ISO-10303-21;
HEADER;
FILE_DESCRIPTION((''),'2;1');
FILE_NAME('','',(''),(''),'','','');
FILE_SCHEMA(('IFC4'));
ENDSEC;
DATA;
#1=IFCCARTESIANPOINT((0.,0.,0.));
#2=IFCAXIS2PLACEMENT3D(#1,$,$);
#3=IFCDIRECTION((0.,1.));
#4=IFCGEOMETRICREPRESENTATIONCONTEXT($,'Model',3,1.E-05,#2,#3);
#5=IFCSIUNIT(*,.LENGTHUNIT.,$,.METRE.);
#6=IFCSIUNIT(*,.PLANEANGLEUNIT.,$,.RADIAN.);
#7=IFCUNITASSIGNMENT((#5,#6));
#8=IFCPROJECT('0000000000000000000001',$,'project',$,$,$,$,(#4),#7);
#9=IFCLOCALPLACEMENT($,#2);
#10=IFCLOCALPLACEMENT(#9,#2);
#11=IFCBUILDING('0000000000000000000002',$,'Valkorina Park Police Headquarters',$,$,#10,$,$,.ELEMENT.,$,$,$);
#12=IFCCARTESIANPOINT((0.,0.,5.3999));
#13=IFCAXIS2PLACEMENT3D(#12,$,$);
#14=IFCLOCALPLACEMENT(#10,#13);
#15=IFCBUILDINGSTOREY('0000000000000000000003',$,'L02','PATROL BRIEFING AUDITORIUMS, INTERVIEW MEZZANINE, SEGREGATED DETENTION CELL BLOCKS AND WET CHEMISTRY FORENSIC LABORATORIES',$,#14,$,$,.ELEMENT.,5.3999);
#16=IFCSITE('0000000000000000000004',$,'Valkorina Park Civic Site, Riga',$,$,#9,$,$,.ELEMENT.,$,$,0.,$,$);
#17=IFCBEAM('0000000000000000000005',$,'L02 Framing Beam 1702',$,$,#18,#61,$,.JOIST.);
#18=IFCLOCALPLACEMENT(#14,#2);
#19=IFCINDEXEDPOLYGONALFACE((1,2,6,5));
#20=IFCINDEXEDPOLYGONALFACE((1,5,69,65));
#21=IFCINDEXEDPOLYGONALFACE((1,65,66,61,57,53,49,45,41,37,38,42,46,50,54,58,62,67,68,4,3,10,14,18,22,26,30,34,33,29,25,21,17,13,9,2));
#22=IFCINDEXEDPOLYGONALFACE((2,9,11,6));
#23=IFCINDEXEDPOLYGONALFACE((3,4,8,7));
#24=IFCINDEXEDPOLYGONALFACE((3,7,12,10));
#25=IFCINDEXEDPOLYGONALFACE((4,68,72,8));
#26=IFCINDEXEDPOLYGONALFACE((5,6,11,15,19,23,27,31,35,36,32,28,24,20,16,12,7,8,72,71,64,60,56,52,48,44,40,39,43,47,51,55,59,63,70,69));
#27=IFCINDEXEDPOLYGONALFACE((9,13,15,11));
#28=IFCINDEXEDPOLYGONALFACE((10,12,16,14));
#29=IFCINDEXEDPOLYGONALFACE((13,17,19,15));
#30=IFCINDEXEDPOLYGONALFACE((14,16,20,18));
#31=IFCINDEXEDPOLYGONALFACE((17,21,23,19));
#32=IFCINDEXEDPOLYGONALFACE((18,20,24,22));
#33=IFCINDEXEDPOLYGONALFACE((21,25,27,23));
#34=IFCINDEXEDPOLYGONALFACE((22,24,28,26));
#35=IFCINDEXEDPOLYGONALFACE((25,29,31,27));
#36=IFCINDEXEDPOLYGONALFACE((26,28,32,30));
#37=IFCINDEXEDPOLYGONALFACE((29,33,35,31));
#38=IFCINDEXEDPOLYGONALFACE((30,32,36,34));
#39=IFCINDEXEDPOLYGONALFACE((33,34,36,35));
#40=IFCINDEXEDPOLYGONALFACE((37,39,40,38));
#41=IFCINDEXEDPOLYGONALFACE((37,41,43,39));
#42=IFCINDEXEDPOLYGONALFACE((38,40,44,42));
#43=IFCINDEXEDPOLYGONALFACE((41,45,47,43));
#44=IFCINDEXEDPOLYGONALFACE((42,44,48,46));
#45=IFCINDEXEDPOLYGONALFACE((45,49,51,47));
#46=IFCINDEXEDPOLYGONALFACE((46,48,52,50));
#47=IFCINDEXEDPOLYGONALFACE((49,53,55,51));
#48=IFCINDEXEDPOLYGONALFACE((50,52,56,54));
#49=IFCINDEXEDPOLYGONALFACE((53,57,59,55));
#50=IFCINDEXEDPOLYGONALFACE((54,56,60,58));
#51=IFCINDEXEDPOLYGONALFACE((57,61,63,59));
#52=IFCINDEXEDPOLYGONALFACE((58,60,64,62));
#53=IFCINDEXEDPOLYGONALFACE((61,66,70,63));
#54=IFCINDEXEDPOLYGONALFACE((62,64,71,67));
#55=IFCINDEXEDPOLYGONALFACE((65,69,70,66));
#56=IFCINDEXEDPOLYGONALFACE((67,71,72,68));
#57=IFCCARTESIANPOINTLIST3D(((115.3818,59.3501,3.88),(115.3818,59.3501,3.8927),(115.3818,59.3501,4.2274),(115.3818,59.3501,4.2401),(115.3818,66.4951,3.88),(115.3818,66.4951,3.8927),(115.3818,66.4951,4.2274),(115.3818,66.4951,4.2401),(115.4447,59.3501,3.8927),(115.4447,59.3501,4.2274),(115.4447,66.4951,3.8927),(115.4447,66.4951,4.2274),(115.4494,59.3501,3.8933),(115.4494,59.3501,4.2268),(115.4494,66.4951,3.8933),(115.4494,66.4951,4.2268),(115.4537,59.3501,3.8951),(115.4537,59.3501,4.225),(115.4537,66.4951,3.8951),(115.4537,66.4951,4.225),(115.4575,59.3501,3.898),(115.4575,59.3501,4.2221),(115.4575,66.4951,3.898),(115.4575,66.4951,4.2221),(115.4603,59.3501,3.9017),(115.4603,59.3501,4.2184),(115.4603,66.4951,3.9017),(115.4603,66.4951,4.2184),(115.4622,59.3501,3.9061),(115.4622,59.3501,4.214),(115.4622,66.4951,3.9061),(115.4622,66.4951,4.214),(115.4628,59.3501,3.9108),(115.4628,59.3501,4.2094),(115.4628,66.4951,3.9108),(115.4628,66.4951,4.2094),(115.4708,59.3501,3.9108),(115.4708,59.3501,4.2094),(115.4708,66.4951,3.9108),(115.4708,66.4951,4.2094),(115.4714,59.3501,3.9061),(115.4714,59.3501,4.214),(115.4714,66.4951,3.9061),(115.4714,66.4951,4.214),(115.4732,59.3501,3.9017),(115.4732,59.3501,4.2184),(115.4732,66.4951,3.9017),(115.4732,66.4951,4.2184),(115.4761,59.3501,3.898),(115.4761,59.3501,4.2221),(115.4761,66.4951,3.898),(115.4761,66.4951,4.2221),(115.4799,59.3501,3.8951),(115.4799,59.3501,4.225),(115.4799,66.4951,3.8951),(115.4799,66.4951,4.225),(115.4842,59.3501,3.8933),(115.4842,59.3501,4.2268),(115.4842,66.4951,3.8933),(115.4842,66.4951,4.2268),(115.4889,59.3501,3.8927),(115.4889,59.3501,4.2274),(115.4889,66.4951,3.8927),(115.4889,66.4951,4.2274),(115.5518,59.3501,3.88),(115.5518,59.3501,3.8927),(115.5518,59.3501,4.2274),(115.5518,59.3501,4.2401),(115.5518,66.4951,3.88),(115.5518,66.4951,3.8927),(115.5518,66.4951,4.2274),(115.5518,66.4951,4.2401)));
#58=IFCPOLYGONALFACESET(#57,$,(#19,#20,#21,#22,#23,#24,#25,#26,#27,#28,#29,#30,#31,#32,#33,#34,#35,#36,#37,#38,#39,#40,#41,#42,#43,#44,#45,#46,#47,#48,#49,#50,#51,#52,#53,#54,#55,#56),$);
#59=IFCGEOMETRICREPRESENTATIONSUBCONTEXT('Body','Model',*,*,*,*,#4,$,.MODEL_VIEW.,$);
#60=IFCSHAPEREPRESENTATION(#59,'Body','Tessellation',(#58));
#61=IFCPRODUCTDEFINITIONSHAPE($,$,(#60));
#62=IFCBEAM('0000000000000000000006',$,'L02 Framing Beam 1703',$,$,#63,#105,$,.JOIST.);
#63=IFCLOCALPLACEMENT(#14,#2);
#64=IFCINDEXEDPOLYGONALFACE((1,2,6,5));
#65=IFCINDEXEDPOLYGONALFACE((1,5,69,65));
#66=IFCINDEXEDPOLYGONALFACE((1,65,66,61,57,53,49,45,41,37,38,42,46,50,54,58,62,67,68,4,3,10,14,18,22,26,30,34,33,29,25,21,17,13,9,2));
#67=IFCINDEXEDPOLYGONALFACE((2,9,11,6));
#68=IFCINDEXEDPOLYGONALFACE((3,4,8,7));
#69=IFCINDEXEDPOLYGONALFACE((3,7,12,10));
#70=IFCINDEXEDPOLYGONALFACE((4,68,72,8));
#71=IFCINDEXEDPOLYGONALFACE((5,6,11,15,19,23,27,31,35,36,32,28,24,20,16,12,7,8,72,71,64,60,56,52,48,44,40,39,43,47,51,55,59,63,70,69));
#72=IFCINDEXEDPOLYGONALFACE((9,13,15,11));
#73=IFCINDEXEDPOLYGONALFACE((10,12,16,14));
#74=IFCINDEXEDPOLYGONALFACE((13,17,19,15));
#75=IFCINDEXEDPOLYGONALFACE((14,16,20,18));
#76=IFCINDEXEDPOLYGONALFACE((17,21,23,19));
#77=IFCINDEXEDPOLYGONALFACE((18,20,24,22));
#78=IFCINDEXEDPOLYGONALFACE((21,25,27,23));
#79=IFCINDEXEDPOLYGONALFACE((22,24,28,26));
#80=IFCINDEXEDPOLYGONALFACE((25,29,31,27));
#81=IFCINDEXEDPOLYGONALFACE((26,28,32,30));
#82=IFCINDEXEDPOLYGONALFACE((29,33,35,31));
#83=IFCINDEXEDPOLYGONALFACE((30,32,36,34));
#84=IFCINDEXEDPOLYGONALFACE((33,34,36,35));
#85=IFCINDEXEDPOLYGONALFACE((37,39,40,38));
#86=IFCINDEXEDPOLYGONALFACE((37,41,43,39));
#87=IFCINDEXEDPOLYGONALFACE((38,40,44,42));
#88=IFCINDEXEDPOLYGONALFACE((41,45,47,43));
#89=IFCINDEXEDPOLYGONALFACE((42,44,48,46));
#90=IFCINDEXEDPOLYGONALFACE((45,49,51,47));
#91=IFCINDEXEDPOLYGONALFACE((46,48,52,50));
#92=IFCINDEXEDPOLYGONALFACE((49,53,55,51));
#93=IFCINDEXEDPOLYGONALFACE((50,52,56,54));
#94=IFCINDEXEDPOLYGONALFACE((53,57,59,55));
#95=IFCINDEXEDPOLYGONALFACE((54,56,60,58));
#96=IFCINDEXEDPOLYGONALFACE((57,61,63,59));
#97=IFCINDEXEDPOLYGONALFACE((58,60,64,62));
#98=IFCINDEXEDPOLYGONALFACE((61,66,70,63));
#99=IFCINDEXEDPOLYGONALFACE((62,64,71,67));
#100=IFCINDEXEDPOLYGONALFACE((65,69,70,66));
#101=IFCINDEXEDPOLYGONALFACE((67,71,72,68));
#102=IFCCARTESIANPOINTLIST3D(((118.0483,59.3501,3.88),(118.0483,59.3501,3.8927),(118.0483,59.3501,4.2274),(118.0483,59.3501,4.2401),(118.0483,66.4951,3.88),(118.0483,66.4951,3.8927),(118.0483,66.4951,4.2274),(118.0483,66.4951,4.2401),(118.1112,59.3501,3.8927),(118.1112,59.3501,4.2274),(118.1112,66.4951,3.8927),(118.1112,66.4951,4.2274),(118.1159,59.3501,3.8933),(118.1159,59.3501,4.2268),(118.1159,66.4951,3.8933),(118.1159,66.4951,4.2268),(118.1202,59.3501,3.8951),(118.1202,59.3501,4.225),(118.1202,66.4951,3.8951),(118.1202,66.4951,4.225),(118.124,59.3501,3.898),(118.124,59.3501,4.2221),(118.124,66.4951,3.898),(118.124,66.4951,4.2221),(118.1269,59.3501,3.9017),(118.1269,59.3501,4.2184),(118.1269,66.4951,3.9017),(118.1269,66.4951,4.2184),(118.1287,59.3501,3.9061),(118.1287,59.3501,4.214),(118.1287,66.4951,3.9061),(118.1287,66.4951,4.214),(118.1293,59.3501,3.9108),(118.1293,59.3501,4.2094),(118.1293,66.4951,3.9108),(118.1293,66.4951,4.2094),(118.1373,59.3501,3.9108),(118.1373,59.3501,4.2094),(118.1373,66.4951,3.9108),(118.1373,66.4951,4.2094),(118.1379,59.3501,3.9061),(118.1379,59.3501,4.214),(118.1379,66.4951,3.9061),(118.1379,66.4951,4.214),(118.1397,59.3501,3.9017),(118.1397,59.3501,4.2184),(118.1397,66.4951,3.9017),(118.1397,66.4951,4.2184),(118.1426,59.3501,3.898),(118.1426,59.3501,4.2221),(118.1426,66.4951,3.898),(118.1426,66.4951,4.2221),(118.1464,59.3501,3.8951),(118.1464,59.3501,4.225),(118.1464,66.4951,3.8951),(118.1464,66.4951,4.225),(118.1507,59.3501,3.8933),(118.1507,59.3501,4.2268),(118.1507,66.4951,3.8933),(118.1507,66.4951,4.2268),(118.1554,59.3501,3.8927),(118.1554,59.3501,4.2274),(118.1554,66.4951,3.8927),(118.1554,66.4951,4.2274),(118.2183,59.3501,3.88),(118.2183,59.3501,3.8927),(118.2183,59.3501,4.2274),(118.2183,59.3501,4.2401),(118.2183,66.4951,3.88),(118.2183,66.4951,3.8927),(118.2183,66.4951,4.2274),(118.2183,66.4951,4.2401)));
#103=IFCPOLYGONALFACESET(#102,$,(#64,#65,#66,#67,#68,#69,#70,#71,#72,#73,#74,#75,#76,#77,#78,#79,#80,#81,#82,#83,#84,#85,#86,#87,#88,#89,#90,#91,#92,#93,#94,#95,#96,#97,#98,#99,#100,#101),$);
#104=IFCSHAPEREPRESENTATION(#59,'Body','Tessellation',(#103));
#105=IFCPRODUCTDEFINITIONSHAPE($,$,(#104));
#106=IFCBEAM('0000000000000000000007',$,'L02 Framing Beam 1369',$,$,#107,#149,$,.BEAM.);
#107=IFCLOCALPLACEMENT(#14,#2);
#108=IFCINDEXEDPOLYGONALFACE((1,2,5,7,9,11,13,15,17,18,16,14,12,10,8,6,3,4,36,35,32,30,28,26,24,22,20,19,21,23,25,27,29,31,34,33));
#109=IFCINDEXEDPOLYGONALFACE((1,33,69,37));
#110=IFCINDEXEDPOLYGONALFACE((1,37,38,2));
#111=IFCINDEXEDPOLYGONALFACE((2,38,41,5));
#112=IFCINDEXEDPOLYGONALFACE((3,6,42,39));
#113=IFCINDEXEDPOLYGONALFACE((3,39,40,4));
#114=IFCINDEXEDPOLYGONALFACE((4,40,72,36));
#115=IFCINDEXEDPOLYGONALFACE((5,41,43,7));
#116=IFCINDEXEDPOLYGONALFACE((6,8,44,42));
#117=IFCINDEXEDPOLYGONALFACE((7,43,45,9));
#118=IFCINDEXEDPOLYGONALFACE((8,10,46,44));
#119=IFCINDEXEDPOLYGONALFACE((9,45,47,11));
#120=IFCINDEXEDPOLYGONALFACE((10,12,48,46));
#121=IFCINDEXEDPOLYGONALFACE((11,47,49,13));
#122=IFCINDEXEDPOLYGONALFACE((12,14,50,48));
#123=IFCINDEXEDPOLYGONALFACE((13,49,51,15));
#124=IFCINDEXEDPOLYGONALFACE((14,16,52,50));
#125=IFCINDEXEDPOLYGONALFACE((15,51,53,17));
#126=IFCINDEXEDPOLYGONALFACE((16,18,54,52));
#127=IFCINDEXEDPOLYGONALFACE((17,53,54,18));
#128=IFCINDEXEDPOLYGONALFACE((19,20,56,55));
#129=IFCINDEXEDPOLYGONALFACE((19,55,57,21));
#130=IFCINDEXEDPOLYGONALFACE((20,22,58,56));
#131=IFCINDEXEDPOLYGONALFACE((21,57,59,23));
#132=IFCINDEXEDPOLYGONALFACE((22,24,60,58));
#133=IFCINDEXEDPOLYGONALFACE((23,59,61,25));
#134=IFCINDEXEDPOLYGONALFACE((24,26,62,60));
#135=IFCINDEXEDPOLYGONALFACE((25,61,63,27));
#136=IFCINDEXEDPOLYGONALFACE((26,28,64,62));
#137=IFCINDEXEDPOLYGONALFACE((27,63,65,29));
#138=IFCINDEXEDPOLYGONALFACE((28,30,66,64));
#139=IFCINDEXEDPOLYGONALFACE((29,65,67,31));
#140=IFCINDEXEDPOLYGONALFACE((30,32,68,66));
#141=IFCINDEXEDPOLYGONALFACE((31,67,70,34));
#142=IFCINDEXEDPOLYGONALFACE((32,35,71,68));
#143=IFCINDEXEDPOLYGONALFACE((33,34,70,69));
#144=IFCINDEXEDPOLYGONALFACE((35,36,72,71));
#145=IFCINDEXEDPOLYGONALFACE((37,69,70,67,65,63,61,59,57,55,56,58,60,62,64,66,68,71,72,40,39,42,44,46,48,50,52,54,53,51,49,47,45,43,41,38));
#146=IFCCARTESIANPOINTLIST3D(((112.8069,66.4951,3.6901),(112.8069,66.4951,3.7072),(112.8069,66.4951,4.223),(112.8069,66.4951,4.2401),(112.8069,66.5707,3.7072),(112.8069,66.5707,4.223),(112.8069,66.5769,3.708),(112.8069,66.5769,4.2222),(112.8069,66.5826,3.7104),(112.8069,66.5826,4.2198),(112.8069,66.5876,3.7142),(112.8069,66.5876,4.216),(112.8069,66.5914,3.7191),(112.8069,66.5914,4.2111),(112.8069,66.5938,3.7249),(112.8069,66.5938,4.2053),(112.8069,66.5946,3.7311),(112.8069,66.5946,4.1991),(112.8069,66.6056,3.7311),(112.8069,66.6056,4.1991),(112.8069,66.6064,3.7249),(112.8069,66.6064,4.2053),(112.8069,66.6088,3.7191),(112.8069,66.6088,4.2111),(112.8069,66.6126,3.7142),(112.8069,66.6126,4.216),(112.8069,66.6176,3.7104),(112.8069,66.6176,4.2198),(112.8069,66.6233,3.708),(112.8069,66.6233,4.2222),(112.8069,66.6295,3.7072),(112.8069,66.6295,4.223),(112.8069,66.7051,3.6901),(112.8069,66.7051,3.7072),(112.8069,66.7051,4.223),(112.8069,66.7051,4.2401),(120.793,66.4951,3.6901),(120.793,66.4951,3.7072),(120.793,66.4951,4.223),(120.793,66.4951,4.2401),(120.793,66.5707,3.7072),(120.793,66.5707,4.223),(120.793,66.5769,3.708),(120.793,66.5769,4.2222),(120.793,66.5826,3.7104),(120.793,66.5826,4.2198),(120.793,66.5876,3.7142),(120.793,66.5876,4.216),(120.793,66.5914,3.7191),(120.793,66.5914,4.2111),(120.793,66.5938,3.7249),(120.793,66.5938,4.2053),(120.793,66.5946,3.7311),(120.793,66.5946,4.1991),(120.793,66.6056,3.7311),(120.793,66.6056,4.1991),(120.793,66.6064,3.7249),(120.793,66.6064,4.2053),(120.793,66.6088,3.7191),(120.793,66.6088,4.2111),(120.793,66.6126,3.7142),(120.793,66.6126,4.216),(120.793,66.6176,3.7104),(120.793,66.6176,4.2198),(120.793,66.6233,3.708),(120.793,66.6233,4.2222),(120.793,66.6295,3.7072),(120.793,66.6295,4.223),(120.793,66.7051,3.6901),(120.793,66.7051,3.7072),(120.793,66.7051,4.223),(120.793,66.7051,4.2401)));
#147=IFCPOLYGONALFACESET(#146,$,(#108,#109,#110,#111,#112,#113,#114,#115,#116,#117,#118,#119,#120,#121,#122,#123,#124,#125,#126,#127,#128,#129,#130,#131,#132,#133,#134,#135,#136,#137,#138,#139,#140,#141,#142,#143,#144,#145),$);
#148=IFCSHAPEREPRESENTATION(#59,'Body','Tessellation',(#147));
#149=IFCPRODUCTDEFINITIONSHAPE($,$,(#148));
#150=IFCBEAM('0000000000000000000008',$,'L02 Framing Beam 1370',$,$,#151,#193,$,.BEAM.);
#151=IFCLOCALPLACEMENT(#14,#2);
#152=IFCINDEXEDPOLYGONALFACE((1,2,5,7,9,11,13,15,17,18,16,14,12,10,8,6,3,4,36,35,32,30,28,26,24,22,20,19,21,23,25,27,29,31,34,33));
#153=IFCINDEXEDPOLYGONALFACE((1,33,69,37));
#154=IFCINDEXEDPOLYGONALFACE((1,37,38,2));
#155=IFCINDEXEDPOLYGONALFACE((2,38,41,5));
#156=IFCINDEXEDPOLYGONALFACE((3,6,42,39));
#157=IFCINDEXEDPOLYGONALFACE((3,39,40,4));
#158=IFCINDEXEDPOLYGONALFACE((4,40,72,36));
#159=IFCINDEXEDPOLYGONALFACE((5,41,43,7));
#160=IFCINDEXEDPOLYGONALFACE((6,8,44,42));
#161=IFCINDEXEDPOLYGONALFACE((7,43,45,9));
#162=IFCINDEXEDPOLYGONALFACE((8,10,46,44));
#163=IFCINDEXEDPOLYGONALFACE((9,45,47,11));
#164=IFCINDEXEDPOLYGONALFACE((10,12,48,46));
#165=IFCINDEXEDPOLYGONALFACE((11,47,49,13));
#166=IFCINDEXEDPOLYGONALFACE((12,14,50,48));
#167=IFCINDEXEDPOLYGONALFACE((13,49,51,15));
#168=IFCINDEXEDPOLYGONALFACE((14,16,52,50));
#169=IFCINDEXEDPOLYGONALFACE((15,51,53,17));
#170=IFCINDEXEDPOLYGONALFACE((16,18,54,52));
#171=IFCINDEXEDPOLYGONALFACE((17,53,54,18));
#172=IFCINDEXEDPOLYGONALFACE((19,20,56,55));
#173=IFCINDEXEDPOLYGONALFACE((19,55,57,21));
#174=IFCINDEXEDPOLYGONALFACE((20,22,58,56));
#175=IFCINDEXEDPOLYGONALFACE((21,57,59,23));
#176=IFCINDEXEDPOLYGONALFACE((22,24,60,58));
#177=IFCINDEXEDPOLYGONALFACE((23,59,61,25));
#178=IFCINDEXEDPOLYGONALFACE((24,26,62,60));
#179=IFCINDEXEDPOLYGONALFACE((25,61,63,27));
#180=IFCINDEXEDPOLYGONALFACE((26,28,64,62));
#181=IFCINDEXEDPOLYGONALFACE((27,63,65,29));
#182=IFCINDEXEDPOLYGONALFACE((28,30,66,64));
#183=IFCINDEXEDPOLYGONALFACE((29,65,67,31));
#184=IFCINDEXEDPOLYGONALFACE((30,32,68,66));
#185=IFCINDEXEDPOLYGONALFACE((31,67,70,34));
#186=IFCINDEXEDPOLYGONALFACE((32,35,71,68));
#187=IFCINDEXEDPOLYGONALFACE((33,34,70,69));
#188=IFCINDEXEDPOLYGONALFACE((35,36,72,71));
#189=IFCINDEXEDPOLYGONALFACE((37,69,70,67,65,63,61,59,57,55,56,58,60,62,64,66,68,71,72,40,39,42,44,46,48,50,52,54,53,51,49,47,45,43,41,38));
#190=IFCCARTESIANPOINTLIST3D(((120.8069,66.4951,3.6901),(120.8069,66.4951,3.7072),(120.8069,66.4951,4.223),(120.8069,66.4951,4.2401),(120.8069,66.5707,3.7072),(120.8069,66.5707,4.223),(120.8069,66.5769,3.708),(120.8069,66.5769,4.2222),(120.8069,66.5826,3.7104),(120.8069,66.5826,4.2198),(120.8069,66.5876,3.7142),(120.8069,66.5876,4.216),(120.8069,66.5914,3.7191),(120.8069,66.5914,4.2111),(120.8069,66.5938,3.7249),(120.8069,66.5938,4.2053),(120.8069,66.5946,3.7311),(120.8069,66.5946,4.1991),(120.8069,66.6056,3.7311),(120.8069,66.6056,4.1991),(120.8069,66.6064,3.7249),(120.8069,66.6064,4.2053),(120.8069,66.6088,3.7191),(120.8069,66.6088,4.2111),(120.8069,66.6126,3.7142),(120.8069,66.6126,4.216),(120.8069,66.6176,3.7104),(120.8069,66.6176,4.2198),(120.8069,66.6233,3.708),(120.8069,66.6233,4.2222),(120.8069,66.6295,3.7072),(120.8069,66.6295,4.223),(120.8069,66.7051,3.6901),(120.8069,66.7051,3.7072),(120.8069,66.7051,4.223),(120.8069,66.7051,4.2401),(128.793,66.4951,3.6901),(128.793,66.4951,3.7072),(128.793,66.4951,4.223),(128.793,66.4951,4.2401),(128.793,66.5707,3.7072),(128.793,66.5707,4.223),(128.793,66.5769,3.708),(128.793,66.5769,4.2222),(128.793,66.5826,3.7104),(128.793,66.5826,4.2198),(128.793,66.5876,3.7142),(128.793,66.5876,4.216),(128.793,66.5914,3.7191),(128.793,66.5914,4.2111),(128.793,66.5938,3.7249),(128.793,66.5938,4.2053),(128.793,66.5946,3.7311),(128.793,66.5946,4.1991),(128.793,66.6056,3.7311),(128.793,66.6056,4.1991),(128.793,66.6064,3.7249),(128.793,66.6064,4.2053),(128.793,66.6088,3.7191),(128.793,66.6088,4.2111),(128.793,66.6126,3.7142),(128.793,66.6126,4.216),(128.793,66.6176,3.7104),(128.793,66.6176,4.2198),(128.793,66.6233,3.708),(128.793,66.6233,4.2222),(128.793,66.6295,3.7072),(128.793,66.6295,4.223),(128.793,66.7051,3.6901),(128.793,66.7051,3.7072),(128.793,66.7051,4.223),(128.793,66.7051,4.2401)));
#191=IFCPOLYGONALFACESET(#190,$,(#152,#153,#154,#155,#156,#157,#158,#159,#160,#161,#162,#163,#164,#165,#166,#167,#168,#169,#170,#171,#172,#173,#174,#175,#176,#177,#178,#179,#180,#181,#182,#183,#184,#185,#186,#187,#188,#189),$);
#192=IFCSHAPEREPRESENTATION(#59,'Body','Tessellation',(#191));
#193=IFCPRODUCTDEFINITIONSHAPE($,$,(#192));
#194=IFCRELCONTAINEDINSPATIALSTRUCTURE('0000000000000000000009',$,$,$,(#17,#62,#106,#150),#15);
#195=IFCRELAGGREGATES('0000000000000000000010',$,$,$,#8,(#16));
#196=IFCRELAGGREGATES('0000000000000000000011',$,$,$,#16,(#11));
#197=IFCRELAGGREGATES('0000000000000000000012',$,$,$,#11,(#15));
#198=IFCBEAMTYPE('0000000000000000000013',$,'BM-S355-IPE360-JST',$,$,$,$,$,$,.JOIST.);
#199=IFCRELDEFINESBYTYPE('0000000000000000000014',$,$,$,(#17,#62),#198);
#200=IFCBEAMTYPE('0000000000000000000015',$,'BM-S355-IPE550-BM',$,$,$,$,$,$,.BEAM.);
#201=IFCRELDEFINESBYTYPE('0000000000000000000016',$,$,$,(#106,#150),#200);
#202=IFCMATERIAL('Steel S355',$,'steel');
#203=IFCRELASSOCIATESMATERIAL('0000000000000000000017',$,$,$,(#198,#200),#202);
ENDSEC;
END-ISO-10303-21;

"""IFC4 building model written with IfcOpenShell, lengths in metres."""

from ifc_helpers import new_model, si_unit, direction, frame, origin, origin_2d, place, context, subcontext, project, spatial, i_section, extrude, material, material_profile, profile_set, type_object, element, save


model = new_model("IFC4")

# Units and contexts
model_context = context("Model", 3, precision=1e-05, world=origin(), true_north=direction((0.0, 1.0)))
body_context = subcontext(model_context, "Body", "Model", "MODEL_VIEW")
ifc_project = project(units=[si_unit("LENGTHUNIT", "METRE"), si_unit("PLANEANGLEUNIT", "RADIAN")], contexts=[model_context])

# Site, building, storey
site_placement = place(None, origin())
site = spatial("IfcSite", under=ifc_project, at=site_placement, Name="Valkorina Park Civic Site, Riga", CompositionType="ELEMENT", RefElevation=0.0)
building_placement = place(site_placement, origin())
building = spatial("IfcBuilding", under=site, at=building_placement, Name="Valkorina Park Police Headquarters", CompositionType="ELEMENT")
storey_placement = place(building_placement, frame((0.0, 0.0, 5.3999)))
storey = spatial("IfcBuildingStorey", under=building, at=storey_placement, Name="L02", Description="PATROL BRIEFING AUDITORIUMS, INTERVIEW MEZZANINE, SEGREGATED DETENTION CELL BLOCKS AND WET CHEMISTRY FORENSIC LABORATORIES", CompositionType="ELEMENT", Elevation=5.3999)

# Shared definitions
ifc_material_1 = material(Name="Steel S355", Category="steel")

# Beams
ifc_material_profile_1 = material_profile(ifc_material_1, i_section(OverallWidth=0.1699, OverallDepth=0.3601, WebThickness=0.0081, FlangeThickness=0.0127, FilletRadius=0.0181, at=origin_2d()), Name="IPE 360")
ifc_profile_set_1 = profile_set([ifc_material_profile_1], Name="Steel S355")
beam_type_1 = type_object("IfcBeamType", Name="BM-S355-IPE360-JST", PredefinedType="JOIST", material=ifc_profile_set_1)
for number, where, z_axis, x_axis, name in (
    (1, (115.4668, 59.3501, 4.0601), (0.0, 1.0, 0.0), (-1.0, 0.0, 0.0), "L02 Framing Beam 1702"),
    (2, (118.1333, 59.3501, 4.0601), (0.0, 1.0, 0.0), (-1.0, 0.0, 0.0), "L02 Framing Beam 1703"),
):
    element("IfcBeam", number, at=place(storey_placement, frame(where, z_axis=z_axis, x_axis=x_axis)), inside=storey, type_object=beam_type_1, Name=name, PredefinedType="JOIST", context=body_context, shape_type="SweptSolid", body=[
        extrude(i_section(OverallWidth=0.1699, OverallDepth=0.3601, WebThickness=0.0081, FlangeThickness=0.0127, FilletRadius=0.0181, at=origin_2d()), origin(), (0.0, 0.0, 1.0), 7.145),
    ])
ifc_material_profile_2 = material_profile(ifc_material_1, i_section(OverallWidth=0.21, OverallDepth=0.55, WebThickness=0.011, FlangeThickness=0.0171, FilletRadius=0.0239, at=origin_2d()), Name="IPE 550")
ifc_profile_set_2 = profile_set([ifc_material_profile_2], Name="Steel S355")
beam_type_2 = type_object("IfcBeamType", Name="BM-S355-IPE550-BM", PredefinedType="BEAM", material=ifc_profile_set_2)
for number, where, z_axis, x_axis, name in (
    (3, (112.8069, 66.6001, 3.9651), (1.0, 0.0, 0.0), (0.0, 1.0, 0.0), "L02 Framing Beam 1369"),
    (4, (120.8069, 66.6001, 3.9651), (1.0, 0.0, 0.0), (0.0, 1.0, 0.0), "L02 Framing Beam 1370"),
):
    element("IfcBeam", number, at=place(storey_placement, frame(where, z_axis=z_axis, x_axis=x_axis)), inside=storey, type_object=beam_type_2, Name=name, PredefinedType="BEAM", context=body_context, shape_type="SweptSolid", body=[
        extrude(i_section(OverallWidth=0.21, OverallDepth=0.55, WebThickness=0.011, FlangeThickness=0.0171, FilletRadius=0.0239, at=origin_2d()), origin(), (0.0, 0.0, 1.0), 7.9861),
    ])

save(model, "model.ifc")
